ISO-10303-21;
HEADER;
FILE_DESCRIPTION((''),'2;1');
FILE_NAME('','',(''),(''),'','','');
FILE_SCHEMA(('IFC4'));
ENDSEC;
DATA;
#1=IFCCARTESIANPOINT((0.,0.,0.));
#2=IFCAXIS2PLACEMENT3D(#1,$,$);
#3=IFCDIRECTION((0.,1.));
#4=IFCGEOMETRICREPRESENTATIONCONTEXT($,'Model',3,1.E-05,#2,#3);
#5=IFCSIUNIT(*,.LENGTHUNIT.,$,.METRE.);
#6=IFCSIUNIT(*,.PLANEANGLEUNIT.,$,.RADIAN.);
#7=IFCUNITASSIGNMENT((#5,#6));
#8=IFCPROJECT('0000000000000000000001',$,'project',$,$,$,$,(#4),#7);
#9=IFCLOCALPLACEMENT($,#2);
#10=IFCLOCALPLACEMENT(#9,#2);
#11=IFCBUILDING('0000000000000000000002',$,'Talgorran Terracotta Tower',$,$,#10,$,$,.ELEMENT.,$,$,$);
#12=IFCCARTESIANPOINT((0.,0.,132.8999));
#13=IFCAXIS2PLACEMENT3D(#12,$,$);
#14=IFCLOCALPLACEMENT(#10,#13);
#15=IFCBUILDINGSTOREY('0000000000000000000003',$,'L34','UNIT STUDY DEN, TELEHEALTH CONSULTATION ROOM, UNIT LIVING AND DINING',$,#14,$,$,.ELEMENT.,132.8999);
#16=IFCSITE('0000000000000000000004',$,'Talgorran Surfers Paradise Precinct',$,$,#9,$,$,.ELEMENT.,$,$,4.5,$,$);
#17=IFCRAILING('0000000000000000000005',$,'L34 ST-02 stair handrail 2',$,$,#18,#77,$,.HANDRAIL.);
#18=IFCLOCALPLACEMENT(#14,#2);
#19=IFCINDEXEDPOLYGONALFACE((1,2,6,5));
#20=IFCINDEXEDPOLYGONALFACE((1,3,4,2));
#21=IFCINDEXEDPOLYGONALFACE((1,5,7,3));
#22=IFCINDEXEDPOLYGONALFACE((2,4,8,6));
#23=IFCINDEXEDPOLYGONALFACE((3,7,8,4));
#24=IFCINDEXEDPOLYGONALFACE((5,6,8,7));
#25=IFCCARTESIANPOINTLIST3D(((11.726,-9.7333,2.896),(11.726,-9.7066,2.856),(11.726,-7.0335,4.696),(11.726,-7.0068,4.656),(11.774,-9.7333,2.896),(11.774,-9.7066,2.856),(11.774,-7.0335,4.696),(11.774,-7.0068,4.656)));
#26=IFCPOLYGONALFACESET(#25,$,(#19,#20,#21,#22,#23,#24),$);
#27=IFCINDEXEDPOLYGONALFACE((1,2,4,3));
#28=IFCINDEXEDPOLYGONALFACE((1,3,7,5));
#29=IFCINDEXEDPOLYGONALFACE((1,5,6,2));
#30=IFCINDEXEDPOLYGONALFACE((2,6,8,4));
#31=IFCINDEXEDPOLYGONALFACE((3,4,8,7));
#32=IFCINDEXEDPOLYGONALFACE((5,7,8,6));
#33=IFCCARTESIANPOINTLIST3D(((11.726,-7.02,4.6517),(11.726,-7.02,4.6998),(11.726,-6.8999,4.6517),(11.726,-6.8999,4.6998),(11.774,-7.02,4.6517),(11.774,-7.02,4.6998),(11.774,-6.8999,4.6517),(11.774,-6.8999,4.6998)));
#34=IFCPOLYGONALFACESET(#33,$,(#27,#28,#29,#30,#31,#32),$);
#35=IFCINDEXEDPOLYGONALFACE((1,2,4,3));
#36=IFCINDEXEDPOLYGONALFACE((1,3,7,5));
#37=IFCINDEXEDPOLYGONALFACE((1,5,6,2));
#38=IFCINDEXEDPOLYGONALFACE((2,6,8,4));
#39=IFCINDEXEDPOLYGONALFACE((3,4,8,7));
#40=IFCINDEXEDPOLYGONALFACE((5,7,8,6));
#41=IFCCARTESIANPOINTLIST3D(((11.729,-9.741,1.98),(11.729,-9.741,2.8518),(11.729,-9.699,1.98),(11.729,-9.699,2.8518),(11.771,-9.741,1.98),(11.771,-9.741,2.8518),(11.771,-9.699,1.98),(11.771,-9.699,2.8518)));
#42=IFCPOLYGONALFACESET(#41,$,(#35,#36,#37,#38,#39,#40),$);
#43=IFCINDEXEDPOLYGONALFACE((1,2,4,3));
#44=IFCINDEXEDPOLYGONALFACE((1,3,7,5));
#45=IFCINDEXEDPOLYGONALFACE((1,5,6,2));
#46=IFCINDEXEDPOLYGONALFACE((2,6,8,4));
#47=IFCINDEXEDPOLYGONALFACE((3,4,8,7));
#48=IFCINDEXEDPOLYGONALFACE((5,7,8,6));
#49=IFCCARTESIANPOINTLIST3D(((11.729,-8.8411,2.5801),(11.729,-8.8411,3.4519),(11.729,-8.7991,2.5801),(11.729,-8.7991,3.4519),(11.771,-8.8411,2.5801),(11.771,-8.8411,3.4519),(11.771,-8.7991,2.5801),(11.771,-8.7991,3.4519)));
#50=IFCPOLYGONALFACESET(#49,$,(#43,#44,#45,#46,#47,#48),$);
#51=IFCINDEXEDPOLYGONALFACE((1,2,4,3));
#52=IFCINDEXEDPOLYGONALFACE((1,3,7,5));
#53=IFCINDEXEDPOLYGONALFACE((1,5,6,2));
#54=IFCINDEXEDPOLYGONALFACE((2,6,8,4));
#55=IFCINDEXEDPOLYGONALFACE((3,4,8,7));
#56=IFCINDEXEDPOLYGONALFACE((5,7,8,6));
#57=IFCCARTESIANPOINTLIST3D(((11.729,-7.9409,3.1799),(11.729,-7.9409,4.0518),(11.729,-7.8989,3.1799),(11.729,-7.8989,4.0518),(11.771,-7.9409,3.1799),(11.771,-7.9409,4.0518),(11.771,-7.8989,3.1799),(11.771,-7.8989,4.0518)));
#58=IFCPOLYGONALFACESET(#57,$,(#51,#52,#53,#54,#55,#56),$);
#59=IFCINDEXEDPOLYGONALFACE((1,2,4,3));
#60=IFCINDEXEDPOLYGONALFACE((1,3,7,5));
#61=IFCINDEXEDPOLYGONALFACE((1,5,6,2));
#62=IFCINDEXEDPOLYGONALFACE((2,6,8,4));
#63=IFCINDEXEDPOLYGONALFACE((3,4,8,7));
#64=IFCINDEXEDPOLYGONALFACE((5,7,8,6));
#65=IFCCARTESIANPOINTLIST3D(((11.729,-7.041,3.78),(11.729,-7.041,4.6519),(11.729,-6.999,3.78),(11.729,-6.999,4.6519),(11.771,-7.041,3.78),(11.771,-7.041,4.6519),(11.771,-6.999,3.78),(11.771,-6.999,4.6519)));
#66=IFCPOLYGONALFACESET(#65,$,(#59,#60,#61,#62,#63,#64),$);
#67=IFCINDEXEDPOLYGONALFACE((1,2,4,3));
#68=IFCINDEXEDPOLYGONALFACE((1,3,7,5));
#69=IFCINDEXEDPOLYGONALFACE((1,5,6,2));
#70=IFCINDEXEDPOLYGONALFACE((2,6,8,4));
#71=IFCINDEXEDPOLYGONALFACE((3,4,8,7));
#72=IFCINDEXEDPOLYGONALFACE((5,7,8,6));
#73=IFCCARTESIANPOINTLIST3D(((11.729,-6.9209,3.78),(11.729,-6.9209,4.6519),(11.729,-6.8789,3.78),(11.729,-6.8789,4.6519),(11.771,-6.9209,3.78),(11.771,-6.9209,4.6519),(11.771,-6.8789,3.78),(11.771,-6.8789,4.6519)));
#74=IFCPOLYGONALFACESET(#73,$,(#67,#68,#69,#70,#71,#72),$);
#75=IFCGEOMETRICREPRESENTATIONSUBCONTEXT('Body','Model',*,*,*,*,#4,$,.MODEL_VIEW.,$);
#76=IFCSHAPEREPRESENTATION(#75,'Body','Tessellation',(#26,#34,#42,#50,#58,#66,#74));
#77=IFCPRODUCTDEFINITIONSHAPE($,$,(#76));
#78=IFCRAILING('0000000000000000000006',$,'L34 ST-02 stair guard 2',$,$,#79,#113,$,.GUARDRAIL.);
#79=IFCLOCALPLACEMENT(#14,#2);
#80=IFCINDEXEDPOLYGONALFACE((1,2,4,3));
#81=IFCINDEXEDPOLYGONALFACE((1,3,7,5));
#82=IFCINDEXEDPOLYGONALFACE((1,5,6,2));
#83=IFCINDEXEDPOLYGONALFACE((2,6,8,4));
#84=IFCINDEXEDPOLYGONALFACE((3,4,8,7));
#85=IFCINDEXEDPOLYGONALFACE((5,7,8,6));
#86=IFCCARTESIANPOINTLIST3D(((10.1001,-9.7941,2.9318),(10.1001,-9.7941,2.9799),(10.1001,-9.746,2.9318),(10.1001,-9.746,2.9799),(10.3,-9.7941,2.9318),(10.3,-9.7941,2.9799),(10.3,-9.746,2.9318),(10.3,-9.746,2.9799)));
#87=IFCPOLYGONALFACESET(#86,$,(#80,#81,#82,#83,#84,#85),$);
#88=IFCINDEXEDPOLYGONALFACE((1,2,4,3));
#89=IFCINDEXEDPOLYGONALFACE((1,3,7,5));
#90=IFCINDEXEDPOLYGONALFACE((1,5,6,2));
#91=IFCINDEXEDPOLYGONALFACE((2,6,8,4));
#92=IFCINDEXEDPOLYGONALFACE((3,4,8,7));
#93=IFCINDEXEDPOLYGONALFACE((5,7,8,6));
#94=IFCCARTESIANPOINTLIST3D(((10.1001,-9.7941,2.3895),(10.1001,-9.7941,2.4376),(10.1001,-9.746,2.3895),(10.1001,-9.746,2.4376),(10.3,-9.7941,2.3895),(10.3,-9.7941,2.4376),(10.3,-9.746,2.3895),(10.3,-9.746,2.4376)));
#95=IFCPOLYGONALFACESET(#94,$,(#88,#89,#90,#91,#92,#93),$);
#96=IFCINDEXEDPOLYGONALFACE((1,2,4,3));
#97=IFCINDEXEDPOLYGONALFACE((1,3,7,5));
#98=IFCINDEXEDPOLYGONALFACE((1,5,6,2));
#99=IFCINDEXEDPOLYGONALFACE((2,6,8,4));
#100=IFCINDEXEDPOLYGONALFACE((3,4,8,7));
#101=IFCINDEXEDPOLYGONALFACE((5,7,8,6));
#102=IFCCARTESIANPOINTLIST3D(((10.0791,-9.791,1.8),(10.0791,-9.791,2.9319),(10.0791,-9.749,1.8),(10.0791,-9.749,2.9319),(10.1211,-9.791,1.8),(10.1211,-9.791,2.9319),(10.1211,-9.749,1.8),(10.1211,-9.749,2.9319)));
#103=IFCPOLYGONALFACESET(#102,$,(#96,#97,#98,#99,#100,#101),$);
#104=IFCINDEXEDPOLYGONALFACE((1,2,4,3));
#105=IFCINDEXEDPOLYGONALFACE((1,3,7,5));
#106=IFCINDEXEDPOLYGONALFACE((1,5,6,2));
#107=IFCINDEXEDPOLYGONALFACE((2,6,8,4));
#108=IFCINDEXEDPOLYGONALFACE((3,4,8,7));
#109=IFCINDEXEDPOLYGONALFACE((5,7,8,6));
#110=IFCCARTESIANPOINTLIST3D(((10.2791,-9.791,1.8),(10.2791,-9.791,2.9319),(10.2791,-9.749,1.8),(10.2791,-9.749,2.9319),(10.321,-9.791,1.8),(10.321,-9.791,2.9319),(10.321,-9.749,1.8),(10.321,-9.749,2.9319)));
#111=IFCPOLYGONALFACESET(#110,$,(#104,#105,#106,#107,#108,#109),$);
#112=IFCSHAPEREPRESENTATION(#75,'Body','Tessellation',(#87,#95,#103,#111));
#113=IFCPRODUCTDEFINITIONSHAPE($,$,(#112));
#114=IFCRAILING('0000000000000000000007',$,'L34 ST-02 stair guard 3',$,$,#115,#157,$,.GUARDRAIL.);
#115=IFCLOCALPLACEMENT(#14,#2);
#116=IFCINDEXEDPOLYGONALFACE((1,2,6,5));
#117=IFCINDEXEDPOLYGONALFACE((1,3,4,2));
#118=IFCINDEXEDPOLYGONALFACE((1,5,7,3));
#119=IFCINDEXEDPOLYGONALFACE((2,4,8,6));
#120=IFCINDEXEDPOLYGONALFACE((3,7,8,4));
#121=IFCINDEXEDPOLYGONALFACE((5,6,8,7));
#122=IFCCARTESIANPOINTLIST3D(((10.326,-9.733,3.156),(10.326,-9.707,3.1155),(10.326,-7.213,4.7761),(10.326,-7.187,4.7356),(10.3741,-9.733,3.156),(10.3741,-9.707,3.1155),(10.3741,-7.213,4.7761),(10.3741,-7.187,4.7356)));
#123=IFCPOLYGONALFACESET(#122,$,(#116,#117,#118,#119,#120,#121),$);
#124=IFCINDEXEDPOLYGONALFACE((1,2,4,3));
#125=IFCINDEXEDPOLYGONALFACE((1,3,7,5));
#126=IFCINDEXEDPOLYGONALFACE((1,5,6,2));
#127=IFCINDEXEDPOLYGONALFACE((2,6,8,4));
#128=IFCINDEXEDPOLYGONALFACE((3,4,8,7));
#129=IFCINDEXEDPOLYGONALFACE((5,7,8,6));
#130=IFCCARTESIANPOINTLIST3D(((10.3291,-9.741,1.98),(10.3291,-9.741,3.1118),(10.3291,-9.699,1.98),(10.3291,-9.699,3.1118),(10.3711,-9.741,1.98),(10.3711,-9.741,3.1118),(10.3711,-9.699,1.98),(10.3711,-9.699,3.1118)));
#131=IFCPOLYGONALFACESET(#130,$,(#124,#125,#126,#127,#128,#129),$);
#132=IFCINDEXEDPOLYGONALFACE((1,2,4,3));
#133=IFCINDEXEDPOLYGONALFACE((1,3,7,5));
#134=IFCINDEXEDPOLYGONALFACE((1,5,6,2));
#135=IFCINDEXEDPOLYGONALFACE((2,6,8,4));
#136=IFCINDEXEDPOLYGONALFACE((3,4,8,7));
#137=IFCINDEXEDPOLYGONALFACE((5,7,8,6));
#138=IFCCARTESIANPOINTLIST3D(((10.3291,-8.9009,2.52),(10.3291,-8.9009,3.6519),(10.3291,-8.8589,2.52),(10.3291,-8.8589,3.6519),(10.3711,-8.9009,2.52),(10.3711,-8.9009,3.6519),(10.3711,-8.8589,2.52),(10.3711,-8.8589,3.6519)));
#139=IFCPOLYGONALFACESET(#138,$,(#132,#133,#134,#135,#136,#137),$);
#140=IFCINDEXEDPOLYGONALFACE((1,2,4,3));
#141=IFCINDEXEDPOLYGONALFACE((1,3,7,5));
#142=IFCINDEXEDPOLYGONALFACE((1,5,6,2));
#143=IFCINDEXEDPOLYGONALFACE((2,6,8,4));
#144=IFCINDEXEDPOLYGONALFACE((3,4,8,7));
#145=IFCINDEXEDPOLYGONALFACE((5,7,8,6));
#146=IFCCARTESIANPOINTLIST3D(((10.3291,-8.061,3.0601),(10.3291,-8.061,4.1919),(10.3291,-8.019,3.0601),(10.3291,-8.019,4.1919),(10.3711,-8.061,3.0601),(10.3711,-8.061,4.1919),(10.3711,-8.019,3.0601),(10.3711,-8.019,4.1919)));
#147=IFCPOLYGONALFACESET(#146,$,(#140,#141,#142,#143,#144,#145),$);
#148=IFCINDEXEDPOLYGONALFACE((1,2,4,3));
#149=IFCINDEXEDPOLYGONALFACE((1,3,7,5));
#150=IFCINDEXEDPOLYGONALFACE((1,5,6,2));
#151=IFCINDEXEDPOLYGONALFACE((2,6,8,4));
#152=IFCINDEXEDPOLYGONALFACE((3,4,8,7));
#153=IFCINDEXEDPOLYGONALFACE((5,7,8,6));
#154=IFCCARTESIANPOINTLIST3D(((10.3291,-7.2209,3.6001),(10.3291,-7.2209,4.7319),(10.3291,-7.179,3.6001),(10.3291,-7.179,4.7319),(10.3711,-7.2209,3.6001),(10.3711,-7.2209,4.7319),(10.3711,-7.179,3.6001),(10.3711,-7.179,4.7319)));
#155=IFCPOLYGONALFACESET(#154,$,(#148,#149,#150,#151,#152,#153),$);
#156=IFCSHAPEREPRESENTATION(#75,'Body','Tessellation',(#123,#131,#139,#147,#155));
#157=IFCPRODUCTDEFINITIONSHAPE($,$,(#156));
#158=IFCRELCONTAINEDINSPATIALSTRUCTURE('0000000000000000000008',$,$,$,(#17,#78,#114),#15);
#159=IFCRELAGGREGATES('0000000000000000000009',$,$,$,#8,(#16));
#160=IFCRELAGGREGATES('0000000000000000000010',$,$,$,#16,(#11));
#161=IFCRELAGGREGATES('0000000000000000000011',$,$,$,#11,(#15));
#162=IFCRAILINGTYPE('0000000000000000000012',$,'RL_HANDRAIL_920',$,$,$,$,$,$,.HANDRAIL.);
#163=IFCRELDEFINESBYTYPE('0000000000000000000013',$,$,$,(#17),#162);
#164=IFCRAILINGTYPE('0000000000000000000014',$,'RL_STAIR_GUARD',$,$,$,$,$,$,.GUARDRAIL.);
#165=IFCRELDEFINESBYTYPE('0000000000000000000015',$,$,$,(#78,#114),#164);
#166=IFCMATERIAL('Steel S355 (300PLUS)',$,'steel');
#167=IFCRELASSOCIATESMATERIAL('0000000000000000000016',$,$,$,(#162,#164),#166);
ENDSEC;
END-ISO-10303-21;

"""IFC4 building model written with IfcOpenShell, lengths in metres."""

from ifc_helpers import new_model, si_unit, direction, frame, origin, origin_2d, place, context, subcontext, project, spatial, rectangle, extrude, material, type_object, element, save


model = new_model("IFC4")

# Units and contexts
model_context = context("Model", 3, precision=1e-05, world=origin(), true_north=direction((0.0, 1.0)))
body_context = subcontext(model_context, "Body", "Model", "MODEL_VIEW")
ifc_project = project(units=[si_unit("LENGTHUNIT", "METRE"), si_unit("PLANEANGLEUNIT", "RADIAN")], contexts=[model_context])

# Site, building, storey
site_placement = place(None, origin())
site = spatial("IfcSite", under=ifc_project, at=site_placement, Name="Talgorran Surfers Paradise Precinct", CompositionType="ELEMENT", RefElevation=4.5)
building_placement = place(site_placement, origin())
building = spatial("IfcBuilding", under=site, at=building_placement, Name="Talgorran Terracotta Tower", CompositionType="ELEMENT")
storey_placement = place(building_placement, frame((0.0, 0.0, 132.8999)))
storey = spatial("IfcBuildingStorey", under=building, at=storey_placement, Name="L34", Description="UNIT STUDY DEN, TELEHEALTH CONSULTATION ROOM, UNIT LIVING AND DINING", CompositionType="ELEMENT", Elevation=132.8999)

# Shared definitions
ifc_material_1 = material(Name="Steel S355 (300PLUS)", Category="steel")

# Railings
railing_type_1 = type_object("IfcRailingType", Name="RL_HANDRAIL_920", PredefinedType="HANDRAIL", material=ifc_material_1)
railing_1_placement = place(storey_placement, frame((11.75, -9.72, 1.98)))
element("IfcRailing", 1, at=railing_1_placement, inside=storey, type_object=railing_type_1, Name="L34 ST-02 stair handrail 2", PredefinedType="HANDRAIL", context=body_context, shape_type="SweptSolid", body=[
    extrude(rectangle(XDim=0.0481, YDim=0.0481, at=origin_2d()), frame((0.0, 0.0, 0.896), z_axis=(0.0, 0.832039, 0.554718), x_axis=(-1.0, 0.0, 0.0)), (0.0, 0.0, 1.0), 3.2449),
    extrude(rectangle(XDim=0.0481, YDim=0.0481, at=origin_2d()), frame((0.0, 2.7, 2.6958), z_axis=(0.0, 1.0, 0.0), x_axis=(-1.0, 0.0, 0.0)), (0.0, 0.0, 1.0), 0.1201),
    extrude(rectangle(XDim=0.042, YDim=0.042, at=origin_2d()), origin(), (0.0, 0.0, 1.0), 0.8718),
    extrude(rectangle(XDim=0.042, YDim=0.042, at=origin_2d()), frame((0.0, 0.8999, 0.6001)), (0.0, 0.0, 1.0), 0.8718),
    extrude(rectangle(XDim=0.042, YDim=0.042, at=origin_2d()), frame((0.0, 1.8, 1.2)), (0.0, 0.0, 1.0), 0.8718),
    extrude(rectangle(XDim=0.042, YDim=0.042, at=origin_2d()), frame((0.0, 2.7, 1.8)), (0.0, 0.0, 1.0), 0.8718),
    extrude(rectangle(XDim=0.042, YDim=0.042, at=origin_2d()), frame((0.0, 2.8201, 1.8)), (0.0, 0.0, 1.0), 0.8718),
])
railing_type_2 = type_object("IfcRailingType", Name="RL_STAIR_GUARD", PredefinedType="GUARDRAIL", material=ifc_material_1)
railing_2_placement = place(storey_placement, frame((10.1001, -9.77, 1.8)))
element("IfcRailing", 2, at=railing_2_placement, inside=storey, type_object=railing_type_2, Name="L34 ST-02 stair guard 2", PredefinedType="GUARDRAIL", context=body_context, shape_type="SweptSolid", body=[
    extrude(rectangle(XDim=0.0481, YDim=0.0481, at=origin_2d()), frame((0.0, 0.0, 1.1558), z_axis=(1.0, 0.0, 0.0), x_axis=(0.0, 1.0, 0.0)), (0.0, 0.0, 1.0), 0.2),
    extrude(rectangle(XDim=0.0481, YDim=0.0481, at=origin_2d()), frame((0.0, 0.0, 0.6135), z_axis=(1.0, 0.0, 0.0), x_axis=(0.0, 1.0, 0.0)), (0.0, 0.0, 1.0), 0.2),
    extrude(rectangle(XDim=0.042, YDim=0.042, at=origin_2d()), origin(), (0.0, 0.0, 1.0), 1.1318),
    extrude(rectangle(XDim=0.042, YDim=0.042, at=origin_2d()), frame((0.2, 0.0, 0.0)), (0.0, 0.0, 1.0), 1.1318),
])
railing_3_placement = place(storey_placement, frame((10.3501, -9.72, 1.98)))
element("IfcRailing", 3, at=railing_3_placement, inside=storey, type_object=railing_type_2, Name="L34 ST-02 stair guard 3", PredefinedType="GUARDRAIL", context=body_context, shape_type="SweptSolid", body=[
    extrude(rectangle(XDim=0.0481, YDim=0.0481, at=origin_2d()), frame((0.0, 0.0, 1.1558), z_axis=(0.0, 0.841163, 0.540782), x_axis=(-1.0, 0.0, 0.0)), (0.0, 0.0, 1.0), 2.9958),
    extrude(rectangle(XDim=0.042, YDim=0.042, at=origin_2d()), origin(), (0.0, 0.0, 1.0), 1.1318),
    extrude(rectangle(XDim=0.042, YDim=0.042, at=origin_2d()), frame((0.0, 0.8401, 0.54)), (0.0, 0.0, 1.0), 1.1318),
    extrude(rectangle(XDim=0.042, YDim=0.042, at=origin_2d()), frame((0.0, 1.6799, 1.0801)), (0.0, 0.0, 1.0), 1.1318),
    extrude(rectangle(XDim=0.042, YDim=0.042, at=origin_2d()), frame((0.0, 2.52, 1.6201)), (0.0, 0.0, 1.0), 1.1318),
])

save(model, "model.ifc")
